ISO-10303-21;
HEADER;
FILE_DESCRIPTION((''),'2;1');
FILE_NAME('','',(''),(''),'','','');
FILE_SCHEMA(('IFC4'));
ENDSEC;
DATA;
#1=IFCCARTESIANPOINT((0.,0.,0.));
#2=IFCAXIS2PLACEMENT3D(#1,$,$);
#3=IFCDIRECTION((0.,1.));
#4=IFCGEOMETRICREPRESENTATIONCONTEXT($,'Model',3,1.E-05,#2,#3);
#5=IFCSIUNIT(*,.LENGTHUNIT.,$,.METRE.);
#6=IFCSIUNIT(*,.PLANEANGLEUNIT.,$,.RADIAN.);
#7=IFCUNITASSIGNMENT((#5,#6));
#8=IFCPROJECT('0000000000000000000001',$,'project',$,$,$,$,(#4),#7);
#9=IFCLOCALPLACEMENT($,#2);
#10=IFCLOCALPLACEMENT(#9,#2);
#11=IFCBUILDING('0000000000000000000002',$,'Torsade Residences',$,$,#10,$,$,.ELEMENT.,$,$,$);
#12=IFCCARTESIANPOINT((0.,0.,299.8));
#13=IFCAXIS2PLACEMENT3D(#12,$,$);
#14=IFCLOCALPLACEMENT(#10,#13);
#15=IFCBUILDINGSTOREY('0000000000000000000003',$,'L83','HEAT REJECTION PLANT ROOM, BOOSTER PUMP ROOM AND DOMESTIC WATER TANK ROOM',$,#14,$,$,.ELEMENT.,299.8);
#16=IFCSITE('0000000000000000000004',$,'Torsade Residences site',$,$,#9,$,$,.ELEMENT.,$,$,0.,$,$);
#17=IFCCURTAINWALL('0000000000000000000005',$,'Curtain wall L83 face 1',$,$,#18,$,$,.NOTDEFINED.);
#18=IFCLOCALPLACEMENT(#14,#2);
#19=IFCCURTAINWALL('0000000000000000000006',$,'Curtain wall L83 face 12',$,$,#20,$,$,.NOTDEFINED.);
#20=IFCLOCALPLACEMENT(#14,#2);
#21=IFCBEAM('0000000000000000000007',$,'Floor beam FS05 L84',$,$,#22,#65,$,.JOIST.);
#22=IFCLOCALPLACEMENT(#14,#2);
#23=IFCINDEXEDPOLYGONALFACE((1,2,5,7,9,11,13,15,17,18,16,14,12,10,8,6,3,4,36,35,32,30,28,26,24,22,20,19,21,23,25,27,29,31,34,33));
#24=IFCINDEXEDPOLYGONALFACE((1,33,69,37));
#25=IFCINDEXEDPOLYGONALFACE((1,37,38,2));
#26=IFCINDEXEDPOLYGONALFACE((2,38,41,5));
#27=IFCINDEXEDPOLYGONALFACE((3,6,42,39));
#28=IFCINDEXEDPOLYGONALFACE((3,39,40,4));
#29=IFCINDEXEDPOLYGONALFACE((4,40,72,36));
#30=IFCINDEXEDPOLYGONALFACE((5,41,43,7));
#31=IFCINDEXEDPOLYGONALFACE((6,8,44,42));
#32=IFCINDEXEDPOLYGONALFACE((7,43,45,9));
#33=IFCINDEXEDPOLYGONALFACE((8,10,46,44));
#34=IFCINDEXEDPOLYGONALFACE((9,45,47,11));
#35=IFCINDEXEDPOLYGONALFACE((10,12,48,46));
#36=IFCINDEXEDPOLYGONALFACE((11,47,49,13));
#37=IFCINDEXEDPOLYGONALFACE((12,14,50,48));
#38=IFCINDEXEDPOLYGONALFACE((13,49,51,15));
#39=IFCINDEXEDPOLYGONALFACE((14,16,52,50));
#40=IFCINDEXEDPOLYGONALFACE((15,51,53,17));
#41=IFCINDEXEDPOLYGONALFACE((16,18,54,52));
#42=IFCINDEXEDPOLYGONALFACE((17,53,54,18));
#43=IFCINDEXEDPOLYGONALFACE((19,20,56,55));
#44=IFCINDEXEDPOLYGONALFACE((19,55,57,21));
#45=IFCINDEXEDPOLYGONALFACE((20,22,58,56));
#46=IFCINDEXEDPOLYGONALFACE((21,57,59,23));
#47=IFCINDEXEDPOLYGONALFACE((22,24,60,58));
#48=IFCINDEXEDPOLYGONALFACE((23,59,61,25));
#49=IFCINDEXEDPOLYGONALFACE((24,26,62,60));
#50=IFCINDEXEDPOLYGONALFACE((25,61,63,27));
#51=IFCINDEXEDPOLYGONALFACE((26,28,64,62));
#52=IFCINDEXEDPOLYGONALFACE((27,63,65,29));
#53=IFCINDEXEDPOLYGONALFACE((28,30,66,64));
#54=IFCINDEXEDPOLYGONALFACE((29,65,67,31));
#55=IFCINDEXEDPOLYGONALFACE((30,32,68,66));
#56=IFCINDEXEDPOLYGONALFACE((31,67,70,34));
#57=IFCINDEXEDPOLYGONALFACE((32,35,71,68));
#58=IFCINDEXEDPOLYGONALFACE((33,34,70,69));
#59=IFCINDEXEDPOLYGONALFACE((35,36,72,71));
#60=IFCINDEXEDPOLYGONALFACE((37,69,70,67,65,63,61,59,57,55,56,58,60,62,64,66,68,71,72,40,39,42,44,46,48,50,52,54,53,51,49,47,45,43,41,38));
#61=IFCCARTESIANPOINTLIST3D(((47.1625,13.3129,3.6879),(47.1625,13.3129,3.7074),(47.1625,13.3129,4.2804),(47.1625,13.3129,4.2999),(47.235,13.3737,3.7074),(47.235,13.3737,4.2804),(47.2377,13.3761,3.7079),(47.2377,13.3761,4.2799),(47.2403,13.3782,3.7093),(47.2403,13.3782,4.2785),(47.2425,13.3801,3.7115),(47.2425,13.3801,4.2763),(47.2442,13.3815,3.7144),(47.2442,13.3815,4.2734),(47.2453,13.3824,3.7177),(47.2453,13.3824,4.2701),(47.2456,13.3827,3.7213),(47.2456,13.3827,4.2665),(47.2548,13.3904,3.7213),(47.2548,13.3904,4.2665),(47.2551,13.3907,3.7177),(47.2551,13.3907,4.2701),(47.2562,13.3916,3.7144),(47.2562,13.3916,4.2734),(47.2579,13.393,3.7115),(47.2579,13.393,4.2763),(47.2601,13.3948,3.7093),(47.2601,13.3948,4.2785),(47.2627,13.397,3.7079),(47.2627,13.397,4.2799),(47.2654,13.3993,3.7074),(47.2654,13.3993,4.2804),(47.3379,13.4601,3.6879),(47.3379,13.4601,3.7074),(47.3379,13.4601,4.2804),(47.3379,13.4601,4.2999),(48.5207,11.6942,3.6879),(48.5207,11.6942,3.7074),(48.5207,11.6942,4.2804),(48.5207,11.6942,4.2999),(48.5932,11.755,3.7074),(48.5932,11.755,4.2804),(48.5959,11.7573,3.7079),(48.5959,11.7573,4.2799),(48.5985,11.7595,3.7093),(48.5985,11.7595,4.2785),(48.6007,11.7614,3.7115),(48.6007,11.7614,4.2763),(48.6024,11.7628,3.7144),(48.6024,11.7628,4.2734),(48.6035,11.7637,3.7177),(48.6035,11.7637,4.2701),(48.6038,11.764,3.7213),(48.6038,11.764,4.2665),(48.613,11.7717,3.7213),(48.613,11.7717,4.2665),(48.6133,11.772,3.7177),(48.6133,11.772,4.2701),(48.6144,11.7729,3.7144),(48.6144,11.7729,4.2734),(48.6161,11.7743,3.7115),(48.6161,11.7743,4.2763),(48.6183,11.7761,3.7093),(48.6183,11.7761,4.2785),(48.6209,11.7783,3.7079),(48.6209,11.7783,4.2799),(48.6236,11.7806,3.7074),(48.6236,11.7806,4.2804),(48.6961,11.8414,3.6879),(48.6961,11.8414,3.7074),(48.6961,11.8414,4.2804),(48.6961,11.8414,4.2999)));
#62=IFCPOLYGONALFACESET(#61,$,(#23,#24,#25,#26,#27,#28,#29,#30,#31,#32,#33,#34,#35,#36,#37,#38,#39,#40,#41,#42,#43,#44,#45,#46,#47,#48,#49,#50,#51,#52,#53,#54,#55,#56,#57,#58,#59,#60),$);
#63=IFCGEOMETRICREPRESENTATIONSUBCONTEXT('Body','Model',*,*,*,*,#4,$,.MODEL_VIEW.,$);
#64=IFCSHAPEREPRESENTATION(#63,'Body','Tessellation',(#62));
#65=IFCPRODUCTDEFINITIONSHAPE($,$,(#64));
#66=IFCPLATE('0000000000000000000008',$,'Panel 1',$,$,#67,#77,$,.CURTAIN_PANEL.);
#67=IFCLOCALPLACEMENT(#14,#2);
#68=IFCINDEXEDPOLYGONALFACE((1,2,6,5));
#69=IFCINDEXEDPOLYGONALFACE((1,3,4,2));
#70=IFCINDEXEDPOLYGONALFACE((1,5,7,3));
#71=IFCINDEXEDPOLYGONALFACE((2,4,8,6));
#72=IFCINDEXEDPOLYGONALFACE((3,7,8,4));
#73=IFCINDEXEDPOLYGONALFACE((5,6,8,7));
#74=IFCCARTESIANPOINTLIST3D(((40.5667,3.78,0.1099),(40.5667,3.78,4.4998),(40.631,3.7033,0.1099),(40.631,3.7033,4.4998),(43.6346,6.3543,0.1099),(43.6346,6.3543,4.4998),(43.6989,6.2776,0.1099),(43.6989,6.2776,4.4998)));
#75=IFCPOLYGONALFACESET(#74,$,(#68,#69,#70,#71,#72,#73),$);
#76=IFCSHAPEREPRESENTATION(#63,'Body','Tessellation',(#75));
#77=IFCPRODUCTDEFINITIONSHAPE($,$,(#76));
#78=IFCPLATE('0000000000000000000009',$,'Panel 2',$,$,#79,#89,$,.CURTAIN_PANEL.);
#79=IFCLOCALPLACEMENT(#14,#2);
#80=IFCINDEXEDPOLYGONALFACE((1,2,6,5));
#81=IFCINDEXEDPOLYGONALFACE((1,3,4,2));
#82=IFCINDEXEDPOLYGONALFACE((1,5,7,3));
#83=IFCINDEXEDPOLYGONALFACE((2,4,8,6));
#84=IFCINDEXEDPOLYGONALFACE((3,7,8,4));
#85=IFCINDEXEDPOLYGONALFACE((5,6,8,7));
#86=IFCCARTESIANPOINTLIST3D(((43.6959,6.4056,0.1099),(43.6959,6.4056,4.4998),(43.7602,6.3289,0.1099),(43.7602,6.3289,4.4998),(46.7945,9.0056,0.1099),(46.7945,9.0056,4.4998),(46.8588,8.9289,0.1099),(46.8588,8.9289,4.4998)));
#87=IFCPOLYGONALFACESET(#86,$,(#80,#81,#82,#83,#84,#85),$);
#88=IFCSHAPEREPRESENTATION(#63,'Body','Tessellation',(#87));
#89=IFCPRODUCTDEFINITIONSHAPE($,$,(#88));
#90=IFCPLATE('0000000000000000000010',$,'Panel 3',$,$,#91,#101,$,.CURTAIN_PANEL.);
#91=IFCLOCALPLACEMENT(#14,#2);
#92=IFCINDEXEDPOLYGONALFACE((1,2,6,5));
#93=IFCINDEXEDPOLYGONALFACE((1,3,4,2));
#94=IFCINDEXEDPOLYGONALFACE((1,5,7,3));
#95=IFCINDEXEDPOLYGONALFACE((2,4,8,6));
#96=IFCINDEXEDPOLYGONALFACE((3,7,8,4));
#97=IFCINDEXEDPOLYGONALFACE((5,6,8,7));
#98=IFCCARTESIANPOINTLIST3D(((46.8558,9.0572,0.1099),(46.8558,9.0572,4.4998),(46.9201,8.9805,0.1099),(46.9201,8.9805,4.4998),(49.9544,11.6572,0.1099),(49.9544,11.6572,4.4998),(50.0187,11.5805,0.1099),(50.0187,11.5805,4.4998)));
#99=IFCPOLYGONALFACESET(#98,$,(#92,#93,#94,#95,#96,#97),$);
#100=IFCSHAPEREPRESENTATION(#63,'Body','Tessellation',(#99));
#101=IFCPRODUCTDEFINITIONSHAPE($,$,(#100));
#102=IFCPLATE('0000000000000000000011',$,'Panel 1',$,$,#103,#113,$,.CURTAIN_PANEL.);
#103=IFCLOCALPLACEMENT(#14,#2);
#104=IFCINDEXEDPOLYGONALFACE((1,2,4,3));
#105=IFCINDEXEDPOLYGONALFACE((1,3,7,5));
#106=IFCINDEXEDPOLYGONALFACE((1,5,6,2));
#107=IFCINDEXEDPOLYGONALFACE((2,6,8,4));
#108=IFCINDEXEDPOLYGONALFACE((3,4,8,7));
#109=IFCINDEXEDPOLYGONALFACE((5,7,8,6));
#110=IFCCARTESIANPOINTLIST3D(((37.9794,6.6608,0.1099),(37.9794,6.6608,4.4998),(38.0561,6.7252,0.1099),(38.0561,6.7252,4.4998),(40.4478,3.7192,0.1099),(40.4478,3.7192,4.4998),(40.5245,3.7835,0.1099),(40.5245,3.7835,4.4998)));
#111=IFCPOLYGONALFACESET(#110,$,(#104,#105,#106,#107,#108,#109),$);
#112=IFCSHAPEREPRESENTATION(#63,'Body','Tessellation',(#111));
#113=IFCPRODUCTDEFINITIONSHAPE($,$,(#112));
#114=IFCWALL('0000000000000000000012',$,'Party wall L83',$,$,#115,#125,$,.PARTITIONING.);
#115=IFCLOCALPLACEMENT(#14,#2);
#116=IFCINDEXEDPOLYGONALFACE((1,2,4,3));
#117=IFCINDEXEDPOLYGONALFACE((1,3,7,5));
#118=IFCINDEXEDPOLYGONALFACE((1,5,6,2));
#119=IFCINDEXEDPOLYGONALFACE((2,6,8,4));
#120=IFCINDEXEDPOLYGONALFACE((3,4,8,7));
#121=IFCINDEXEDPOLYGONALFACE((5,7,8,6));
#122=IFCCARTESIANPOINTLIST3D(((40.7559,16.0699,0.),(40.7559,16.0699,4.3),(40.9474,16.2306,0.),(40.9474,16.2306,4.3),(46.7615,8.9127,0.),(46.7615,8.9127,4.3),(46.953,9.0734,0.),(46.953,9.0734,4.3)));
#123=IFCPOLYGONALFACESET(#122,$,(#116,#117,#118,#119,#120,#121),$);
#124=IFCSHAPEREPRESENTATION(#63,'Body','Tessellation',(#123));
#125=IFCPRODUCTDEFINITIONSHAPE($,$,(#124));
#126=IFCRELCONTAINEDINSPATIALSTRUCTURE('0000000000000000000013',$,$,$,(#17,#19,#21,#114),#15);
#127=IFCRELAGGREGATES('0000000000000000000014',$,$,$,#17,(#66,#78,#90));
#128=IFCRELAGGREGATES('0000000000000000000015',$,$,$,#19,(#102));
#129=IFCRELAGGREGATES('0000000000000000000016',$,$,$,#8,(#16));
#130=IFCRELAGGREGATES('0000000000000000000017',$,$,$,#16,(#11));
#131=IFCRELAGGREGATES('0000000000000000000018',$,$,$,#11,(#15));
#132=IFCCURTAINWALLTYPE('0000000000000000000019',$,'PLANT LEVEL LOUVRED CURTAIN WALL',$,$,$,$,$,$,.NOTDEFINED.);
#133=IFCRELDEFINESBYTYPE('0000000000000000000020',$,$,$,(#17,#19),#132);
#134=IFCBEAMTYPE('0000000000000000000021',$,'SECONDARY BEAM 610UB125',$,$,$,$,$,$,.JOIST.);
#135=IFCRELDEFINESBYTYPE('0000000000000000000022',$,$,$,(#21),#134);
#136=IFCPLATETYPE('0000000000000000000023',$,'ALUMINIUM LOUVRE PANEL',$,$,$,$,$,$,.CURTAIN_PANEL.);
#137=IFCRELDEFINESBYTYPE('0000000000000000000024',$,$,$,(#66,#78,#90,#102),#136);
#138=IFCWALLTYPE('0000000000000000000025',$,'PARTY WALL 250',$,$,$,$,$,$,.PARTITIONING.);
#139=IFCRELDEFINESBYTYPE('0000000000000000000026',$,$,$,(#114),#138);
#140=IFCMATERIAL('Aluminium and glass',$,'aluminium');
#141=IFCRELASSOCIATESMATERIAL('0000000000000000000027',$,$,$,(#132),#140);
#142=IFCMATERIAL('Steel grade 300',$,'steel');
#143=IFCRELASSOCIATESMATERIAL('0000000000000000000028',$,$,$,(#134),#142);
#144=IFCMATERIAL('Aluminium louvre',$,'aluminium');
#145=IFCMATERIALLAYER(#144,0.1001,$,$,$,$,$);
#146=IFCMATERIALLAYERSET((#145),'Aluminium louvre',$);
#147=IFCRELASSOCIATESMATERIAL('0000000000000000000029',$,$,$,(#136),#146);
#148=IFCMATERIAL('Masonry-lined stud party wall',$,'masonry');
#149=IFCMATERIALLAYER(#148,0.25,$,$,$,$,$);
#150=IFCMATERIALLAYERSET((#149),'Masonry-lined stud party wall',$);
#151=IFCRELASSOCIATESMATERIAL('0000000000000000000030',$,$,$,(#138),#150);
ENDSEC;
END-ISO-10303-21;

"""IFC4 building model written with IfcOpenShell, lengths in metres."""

from ifc_helpers import new_model, si_unit, direction, frame, frame_2d, origin, origin_2d, place, context, subcontext, project, spatial, rectangle, i_section, extrude, material, layer, layer_set, material_profile, profile_set, type_object, element, aggregate, save


model = new_model("IFC4")

# Units and contexts
model_context = context("Model", 3, precision=1e-05, world=origin(), true_north=direction((0.0, 1.0)))
body_context = subcontext(model_context, "Body", "Model", "MODEL_VIEW")
ifc_project = project(units=[si_unit("LENGTHUNIT", "METRE"), si_unit("PLANEANGLEUNIT", "RADIAN")], contexts=[model_context])

# Site, building, storey
site_placement = place(None, origin())
site = spatial("IfcSite", under=ifc_project, at=site_placement, Name="Torsade Residences site", CompositionType="ELEMENT", RefElevation=0.0)
building_placement = place(site_placement, origin())
building = spatial("IfcBuilding", under=site, at=building_placement, Name="Torsade Residences", CompositionType="ELEMENT")
storey_placement = place(building_placement, frame((0.0, 0.0, 299.8)))
storey = spatial("IfcBuildingStorey", under=building, at=storey_placement, Name="L83", Description="HEAT REJECTION PLANT ROOM, BOOSTER PUMP ROOM AND DOMESTIC WATER TANK ROOM", CompositionType="ELEMENT", Elevation=299.8)

# Curtain wall
ifc_material_1 = material(Name="Aluminium and glass", Category="aluminium")
curtain_wall_type = type_object("IfcCurtainWallType", Name="PLANT LEVEL LOUVRED CURTAIN WALL", PredefinedType="NOTDEFINED", material=ifc_material_1)
curtain_wall_1_placement = place(storey_placement, origin())
curtain_wall_1 = element("IfcCurtainWall", 1, at=curtain_wall_1_placement, inside=storey, type_object=curtain_wall_type, Name="Curtain wall L83 face 1", PredefinedType="NOTDEFINED")

# Curtain wall
curtain_wall_2_placement = place(storey_placement, origin())
curtain_wall_2 = element("IfcCurtainWall", 2, at=curtain_wall_2_placement, inside=storey, type_object=curtain_wall_type, Name="Curtain wall L83 face 12", PredefinedType="NOTDEFINED")

# Beam
ifc_material_2 = material(Name="Steel grade 300", Category="steel")
ifc_material_profile_1 = material_profile(ifc_material_2, i_section(OverallWidth=0.229, OverallDepth=0.6121, WebThickness=0.012, FlangeThickness=0.0195, FilletRadius=0.0139, at=origin_2d()), Name="610UB125")
ifc_profile_set_1 = profile_set([ifc_material_profile_1], Name="Steel grade 300")
beam_type_1 = type_object("IfcBeamType", Name="SECONDARY BEAM 610UB125", PredefinedType="JOIST", material=ifc_profile_set_1)
beam_1_placement = place(storey_placement, frame((48.6084, 11.7678, 3.9939), z_axis=(-0.642772, 0.766058, 0.0), x_axis=(-0.766058, -0.642772, 0.0)))
element("IfcBeam", 3, at=beam_1_placement, inside=storey, type_object=beam_type_1, Name="Floor beam FS05 L84", PredefinedType="JOIST", context=body_context, shape_type="SweptSolid", body=[
    extrude(i_section(OverallWidth=0.229, OverallDepth=0.6121, WebThickness=0.012, FlangeThickness=0.0195, FilletRadius=0.0139, at=origin_2d()), origin(), (0.0, 0.0, 1.0), 2.113),
])

# Plates
ifc_material_3 = material(Name="Aluminium louvre", Category="aluminium")
ifc_layer_1 = layer(ifc_material_3, 0.1001)
ifc_layer_set_1 = layer_set([ifc_layer_1], Name="Aluminium louvre")
plate_type = type_object("IfcPlateType", Name="ALUMINIUM LOUVRE PANEL", PredefinedType="CURTAIN_PANEL", material=ifc_layer_set_1)
plate_1_placement = place(storey_placement, frame((42.1328, 5.0288, 0.1099), z_axis=(0.0, 0.0, 1.0), x_axis=(0.766044, 0.642788, 0.0)))
plate_1 = element("IfcPlate", 4, at=plate_1_placement, type_object=plate_type, Name="Panel 1", PredefinedType="CURTAIN_PANEL", context=body_context, shape_type="SweptSolid", body=[
    extrude(rectangle(XDim=4.0049, YDim=0.1001, at=origin_2d()), origin(), (0.0, 0.0, 1.0), 4.3899),
])
plate_2_placement = place(storey_placement, frame((45.2773, 7.6672, 0.1099), z_axis=(0.0, 0.0, 1.0), x_axis=(0.766044, 0.642788, 0.0)))
plate_2 = element("IfcPlate", 5, at=plate_2_placement, type_object=plate_type, Name="Panel 2", PredefinedType="CURTAIN_PANEL", context=body_context, shape_type="SweptSolid", body=[
    extrude(rectangle(XDim=4.0449, YDim=0.1001, at=origin_2d()), origin(), (0.0, 0.0, 1.0), 4.3899),
])
plate_3_placement = place(storey_placement, frame((48.4373, 10.3188, 0.1099), z_axis=(0.0, 0.0, 1.0), x_axis=(0.766044, 0.642788, 0.0)))
plate_3 = element("IfcPlate", 6, at=plate_3_placement, type_object=plate_type, Name="Panel 3", PredefinedType="CURTAIN_PANEL", context=body_context, shape_type="SweptSolid", body=[
    extrude(rectangle(XDim=4.0449, YDim=0.1001, at=origin_2d()), origin(), (0.0, 0.0, 1.0), 4.3899),
])
aggregate(curtain_wall_1, [plate_1, plate_2, plate_3])
plate_4_placement = place(storey_placement, frame((39.252, 5.2222, 0.1099), z_axis=(0.0, 0.0, 1.0), x_axis=(0.642788, -0.766044, 0.0)))
plate_4 = element("IfcPlate", 7, at=plate_4_placement, type_object=plate_type, Name="Panel 1", PredefinedType="CURTAIN_PANEL", context=body_context, shape_type="SweptSolid", body=[
    extrude(rectangle(XDim=3.8401, YDim=0.1001, at=origin_2d()), origin(), (0.0, 0.0, 1.0), 4.3899),
])
aggregate(curtain_wall_2, [plate_4])

# Wall
ifc_material_4 = material(Name="Masonry-lined stud party wall", Category="masonry")
ifc_layer_2 = layer(ifc_material_4, 0.25)
ifc_layer_set_2 = layer_set([ifc_layer_2], Name="Masonry-lined stud party wall")
wall_type = type_object("IfcWallType", Name="PARTY WALL 250", PredefinedType="PARTITIONING", material=ifc_layer_set_2)
wall_placement = place(storey_placement, frame((46.8572, 8.9932, 0.0), z_axis=(0.0, 0.0, 1.0), x_axis=(-0.642787, 0.766045, 0.0)))
element("IfcWall", 8, at=wall_placement, inside=storey, type_object=wall_type, Name="Party wall L83", PredefinedType="PARTITIONING", context=body_context, shape_type="SweptSolid", body=[
    extrude(rectangle(XDim=9.343, YDim=0.25, at=frame_2d((4.6714, 0.0))), origin(), (0.0, 0.0, 1.0), 4.3),
])

save(model, "model.ifc")
